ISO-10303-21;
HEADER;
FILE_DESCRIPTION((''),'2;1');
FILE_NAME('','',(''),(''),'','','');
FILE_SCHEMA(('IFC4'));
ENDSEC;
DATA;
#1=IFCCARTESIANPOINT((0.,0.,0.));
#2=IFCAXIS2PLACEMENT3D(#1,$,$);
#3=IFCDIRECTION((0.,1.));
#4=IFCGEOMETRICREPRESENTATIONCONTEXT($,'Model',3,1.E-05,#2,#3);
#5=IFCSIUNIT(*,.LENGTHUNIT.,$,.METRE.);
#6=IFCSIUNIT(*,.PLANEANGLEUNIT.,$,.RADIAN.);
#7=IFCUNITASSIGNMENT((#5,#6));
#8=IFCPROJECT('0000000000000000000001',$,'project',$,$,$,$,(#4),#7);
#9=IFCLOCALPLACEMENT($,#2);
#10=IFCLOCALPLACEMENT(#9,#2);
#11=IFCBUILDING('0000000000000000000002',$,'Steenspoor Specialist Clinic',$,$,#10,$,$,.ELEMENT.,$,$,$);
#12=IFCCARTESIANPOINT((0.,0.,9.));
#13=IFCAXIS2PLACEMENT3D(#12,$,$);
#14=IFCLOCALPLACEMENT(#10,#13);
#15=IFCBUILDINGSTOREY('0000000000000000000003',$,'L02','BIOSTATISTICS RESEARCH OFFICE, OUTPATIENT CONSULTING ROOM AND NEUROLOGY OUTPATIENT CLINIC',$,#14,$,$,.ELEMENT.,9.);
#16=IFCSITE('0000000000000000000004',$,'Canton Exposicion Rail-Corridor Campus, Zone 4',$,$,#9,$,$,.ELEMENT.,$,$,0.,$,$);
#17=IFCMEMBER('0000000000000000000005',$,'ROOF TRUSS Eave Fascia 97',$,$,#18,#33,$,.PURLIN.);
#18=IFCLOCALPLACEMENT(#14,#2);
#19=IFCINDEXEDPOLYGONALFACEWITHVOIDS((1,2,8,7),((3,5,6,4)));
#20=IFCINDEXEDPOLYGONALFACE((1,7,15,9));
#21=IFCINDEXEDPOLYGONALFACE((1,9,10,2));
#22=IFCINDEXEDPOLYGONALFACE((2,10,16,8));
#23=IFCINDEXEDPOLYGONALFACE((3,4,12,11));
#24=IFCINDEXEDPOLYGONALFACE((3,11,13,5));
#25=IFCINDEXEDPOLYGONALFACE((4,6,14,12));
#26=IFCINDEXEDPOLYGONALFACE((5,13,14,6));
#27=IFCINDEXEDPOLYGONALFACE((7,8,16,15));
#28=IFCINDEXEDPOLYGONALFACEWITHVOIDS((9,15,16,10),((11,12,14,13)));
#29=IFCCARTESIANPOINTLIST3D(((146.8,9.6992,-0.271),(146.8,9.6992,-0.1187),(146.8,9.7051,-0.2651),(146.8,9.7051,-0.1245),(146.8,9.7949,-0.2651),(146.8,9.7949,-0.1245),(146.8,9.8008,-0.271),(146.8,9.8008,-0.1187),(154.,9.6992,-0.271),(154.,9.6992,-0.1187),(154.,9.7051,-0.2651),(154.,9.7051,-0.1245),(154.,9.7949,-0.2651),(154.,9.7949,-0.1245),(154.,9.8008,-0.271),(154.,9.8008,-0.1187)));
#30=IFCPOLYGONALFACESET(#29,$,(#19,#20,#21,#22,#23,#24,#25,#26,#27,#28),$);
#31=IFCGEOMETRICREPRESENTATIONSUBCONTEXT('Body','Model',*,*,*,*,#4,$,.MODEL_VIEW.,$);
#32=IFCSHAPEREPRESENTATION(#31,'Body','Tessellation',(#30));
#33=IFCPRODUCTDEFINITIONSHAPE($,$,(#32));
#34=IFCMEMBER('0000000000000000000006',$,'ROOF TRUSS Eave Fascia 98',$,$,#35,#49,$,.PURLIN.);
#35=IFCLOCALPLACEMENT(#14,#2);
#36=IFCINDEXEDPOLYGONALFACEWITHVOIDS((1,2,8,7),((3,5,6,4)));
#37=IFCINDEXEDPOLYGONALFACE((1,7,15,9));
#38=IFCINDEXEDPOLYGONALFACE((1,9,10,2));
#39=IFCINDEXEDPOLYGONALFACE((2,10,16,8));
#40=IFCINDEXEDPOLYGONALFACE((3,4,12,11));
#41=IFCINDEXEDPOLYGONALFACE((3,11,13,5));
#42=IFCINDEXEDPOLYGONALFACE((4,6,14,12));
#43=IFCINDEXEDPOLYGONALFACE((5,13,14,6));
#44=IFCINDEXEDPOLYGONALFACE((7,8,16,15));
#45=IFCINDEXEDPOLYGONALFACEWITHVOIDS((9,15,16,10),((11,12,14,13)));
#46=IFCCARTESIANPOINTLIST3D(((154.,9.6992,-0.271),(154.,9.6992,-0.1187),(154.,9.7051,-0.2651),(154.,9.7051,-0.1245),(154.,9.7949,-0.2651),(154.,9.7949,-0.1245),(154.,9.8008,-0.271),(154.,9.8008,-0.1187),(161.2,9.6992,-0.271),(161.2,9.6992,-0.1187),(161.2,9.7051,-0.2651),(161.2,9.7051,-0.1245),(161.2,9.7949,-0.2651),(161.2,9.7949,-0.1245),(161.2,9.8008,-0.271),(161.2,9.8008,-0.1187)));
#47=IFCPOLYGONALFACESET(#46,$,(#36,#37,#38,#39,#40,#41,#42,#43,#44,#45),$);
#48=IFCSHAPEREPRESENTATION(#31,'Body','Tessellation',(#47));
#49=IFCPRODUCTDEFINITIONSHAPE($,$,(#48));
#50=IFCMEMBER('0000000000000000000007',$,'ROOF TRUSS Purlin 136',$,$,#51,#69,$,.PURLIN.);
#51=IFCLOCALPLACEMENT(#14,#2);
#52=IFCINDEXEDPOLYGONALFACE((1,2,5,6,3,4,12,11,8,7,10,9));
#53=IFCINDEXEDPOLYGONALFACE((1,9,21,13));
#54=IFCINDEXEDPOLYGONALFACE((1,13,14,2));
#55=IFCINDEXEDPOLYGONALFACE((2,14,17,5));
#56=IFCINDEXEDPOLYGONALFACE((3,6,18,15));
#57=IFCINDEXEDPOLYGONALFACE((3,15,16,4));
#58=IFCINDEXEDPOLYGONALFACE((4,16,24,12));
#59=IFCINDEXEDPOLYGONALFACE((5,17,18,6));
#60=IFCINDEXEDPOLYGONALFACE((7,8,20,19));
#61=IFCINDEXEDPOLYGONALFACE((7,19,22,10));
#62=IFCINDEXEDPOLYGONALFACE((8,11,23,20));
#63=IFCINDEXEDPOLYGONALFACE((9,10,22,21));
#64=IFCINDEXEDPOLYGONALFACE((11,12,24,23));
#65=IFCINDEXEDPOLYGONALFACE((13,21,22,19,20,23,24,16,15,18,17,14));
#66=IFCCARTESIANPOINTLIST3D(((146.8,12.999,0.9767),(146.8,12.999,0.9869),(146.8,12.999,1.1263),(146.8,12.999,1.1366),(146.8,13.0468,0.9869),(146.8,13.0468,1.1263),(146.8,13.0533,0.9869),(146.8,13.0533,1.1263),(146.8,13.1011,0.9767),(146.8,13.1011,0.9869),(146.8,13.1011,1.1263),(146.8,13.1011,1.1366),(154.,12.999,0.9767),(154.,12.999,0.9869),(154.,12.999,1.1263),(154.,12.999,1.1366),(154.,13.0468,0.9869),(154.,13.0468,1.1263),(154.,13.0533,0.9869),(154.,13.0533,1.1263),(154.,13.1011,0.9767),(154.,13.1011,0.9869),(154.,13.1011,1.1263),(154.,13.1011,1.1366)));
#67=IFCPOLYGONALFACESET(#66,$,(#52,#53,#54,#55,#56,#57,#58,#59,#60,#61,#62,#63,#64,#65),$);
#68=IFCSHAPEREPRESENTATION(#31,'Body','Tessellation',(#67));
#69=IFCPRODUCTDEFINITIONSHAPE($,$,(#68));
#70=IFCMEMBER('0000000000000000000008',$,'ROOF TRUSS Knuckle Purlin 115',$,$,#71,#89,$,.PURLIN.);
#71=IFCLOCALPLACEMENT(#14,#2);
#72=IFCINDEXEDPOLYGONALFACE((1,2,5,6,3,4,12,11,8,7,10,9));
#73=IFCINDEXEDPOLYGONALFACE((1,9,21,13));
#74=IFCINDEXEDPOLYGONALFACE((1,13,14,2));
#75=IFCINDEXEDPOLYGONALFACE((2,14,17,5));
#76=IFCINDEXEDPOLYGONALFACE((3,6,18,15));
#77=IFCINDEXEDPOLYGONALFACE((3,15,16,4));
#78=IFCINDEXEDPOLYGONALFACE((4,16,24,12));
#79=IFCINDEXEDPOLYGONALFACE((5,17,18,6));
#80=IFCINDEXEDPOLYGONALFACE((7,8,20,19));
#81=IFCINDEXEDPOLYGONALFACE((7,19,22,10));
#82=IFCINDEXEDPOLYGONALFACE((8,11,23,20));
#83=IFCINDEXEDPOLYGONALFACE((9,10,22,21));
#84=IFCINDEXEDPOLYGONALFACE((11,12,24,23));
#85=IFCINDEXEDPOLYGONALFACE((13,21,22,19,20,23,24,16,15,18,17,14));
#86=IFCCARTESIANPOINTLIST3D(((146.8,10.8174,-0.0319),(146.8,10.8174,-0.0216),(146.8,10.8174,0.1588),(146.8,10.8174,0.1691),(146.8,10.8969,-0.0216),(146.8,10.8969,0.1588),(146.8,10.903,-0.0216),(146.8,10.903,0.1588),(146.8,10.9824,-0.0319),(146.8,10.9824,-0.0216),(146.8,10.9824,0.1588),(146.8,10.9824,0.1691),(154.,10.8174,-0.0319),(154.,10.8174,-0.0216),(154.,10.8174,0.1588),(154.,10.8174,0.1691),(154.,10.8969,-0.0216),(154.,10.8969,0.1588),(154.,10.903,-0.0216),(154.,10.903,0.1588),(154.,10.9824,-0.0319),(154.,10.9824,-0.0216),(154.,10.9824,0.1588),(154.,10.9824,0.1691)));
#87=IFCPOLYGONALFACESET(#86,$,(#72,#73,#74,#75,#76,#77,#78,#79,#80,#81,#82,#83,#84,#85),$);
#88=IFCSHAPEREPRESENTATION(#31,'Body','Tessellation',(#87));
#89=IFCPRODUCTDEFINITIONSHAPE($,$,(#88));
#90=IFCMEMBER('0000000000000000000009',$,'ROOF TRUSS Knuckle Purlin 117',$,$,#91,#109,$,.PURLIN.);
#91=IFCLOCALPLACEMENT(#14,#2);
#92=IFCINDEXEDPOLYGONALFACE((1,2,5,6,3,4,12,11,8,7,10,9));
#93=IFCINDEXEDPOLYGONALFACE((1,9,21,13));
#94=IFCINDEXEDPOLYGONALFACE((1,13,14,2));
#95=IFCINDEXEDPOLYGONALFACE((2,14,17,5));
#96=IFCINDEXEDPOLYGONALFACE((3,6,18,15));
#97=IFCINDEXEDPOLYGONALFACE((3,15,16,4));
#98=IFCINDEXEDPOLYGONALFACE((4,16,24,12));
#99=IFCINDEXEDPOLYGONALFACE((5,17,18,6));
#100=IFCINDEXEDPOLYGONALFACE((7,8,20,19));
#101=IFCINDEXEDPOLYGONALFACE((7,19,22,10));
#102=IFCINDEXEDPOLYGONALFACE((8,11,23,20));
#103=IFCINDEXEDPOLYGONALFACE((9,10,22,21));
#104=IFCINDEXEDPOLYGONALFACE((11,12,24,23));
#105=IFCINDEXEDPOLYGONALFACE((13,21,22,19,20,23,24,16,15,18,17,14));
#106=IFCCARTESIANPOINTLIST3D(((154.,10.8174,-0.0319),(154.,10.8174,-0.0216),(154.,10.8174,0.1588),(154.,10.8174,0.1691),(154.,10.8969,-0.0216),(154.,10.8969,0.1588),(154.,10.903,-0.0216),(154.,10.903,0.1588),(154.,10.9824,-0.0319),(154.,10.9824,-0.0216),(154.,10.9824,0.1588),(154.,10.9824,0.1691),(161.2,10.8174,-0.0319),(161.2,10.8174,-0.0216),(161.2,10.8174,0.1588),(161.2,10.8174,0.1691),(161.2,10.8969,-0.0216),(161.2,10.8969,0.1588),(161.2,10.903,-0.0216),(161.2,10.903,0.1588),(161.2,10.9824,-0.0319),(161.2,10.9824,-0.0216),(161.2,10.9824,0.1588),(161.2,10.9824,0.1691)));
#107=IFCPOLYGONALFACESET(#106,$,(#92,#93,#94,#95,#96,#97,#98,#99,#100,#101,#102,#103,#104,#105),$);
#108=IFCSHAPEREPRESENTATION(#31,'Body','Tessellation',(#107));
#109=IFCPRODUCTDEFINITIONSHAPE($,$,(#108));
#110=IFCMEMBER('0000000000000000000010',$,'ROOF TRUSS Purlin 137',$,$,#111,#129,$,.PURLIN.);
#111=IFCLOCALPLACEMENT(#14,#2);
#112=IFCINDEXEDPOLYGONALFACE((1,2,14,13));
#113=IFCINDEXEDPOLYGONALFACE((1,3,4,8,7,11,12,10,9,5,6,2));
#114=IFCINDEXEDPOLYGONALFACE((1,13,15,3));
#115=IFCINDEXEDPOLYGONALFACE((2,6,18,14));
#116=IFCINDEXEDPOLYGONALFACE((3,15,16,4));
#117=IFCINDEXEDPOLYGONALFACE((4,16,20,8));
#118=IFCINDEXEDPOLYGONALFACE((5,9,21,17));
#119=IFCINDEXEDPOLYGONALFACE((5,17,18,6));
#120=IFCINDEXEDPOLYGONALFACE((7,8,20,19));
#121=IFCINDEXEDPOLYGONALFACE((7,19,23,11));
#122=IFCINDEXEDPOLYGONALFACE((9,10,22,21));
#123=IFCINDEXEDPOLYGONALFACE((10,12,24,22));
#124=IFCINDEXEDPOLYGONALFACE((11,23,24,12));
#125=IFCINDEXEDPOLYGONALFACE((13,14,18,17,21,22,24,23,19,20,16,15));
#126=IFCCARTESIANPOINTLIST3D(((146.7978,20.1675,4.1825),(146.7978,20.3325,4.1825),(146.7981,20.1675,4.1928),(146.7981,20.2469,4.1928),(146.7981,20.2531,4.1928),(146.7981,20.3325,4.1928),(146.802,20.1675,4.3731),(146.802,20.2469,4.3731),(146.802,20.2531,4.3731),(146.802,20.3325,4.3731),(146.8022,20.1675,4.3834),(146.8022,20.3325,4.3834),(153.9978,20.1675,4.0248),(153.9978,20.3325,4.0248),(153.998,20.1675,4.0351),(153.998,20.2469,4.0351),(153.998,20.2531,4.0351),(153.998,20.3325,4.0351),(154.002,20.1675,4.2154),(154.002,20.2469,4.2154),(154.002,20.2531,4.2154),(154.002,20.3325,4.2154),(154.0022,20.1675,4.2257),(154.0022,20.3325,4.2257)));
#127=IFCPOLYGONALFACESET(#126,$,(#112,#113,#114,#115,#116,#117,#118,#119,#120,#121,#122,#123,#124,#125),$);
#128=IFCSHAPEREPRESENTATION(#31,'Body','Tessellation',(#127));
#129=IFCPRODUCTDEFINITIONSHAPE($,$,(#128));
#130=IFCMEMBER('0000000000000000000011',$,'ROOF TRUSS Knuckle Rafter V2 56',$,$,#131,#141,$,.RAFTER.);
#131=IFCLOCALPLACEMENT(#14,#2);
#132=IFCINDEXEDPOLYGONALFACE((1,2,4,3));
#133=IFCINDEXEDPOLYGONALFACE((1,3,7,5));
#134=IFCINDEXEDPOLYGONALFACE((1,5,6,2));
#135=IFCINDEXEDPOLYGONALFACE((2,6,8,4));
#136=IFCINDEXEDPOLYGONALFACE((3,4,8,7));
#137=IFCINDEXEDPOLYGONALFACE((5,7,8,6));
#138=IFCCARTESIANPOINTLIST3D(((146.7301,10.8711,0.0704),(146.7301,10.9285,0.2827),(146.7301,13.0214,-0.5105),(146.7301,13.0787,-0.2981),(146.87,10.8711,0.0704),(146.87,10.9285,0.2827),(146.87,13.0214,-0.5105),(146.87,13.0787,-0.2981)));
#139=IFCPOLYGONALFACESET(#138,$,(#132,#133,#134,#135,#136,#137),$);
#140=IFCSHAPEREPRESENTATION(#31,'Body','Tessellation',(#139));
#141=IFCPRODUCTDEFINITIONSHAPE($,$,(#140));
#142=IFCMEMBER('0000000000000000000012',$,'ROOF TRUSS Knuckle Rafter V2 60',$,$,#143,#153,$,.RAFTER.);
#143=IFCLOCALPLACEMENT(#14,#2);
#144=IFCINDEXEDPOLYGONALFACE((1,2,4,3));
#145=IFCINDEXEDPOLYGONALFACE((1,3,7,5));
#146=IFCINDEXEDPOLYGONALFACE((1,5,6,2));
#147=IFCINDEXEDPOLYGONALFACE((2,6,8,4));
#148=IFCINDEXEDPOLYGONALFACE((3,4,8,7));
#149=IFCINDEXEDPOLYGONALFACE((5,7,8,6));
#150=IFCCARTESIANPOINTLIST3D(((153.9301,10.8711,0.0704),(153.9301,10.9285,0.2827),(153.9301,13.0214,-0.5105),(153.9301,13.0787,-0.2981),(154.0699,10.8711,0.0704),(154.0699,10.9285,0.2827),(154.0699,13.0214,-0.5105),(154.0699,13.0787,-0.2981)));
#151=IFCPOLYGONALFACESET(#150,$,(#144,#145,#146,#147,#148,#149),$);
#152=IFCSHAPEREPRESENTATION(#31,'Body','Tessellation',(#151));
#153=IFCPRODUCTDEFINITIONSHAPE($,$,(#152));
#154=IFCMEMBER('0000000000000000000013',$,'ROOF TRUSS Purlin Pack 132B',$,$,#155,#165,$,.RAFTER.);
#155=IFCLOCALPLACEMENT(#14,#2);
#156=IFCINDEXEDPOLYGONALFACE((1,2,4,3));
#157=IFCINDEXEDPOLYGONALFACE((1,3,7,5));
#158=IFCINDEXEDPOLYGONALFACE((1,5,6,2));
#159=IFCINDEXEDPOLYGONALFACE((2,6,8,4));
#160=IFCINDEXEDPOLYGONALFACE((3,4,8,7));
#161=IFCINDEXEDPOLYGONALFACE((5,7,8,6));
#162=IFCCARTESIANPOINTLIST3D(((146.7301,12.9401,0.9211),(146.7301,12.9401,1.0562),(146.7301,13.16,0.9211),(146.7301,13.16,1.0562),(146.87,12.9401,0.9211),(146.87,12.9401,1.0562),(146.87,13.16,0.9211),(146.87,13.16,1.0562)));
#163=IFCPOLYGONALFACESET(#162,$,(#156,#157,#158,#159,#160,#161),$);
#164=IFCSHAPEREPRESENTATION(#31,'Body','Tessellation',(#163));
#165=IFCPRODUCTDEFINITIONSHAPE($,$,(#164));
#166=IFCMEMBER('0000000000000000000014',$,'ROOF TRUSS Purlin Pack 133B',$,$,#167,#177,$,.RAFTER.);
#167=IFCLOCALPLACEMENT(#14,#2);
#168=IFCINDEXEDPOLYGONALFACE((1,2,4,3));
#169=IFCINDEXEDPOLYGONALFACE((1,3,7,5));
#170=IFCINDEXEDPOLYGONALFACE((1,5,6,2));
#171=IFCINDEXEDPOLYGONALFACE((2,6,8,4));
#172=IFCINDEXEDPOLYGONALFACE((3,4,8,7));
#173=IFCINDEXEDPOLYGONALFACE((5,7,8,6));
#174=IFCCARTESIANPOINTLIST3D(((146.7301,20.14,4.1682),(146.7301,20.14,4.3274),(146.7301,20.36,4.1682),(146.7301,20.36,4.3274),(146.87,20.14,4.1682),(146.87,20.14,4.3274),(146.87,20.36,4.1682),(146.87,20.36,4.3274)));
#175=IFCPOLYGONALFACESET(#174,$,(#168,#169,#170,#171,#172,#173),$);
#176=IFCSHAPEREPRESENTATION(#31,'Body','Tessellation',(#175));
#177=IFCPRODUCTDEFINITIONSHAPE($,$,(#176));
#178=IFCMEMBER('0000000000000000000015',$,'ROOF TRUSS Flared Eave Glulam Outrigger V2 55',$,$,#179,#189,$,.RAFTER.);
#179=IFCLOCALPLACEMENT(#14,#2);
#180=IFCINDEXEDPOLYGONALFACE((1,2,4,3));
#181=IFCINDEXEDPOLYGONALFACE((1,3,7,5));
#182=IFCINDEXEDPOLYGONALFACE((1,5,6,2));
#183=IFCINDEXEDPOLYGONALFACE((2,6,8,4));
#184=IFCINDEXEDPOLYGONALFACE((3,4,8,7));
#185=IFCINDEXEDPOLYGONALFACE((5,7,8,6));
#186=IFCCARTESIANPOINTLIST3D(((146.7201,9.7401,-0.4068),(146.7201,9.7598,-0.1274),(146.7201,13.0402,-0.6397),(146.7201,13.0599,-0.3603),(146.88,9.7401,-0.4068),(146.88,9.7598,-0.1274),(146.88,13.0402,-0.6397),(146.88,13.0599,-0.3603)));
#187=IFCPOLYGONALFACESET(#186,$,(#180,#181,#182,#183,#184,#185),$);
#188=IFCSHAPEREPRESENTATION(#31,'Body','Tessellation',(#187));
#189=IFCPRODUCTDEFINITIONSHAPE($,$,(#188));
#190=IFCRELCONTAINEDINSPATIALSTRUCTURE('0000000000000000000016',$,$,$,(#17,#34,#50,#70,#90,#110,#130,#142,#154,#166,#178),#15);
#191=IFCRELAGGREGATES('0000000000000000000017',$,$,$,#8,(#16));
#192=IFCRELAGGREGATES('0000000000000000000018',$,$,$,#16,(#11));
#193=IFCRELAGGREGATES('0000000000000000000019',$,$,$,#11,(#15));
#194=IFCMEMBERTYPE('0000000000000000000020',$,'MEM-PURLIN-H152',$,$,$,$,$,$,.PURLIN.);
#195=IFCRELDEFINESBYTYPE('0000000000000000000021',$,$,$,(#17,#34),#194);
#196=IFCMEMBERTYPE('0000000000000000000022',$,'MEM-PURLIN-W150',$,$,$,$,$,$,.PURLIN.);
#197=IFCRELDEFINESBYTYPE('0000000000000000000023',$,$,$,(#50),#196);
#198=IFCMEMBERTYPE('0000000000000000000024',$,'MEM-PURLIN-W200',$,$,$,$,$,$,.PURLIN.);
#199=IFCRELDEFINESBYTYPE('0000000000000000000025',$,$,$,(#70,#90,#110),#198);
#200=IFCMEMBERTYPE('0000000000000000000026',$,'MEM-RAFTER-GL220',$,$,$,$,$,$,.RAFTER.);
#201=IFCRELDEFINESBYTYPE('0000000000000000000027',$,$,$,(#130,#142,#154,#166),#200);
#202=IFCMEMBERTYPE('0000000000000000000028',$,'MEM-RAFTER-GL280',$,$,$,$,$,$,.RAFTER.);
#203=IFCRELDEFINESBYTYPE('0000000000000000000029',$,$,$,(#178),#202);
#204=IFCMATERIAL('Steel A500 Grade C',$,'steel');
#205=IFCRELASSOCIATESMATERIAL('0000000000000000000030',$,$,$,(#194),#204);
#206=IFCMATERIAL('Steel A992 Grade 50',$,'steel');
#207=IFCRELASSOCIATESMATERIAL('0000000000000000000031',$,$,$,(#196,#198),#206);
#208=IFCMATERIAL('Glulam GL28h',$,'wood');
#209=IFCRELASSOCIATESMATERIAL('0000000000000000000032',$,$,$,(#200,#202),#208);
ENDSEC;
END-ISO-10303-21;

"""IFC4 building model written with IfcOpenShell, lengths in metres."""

from ifc_helpers import new_model, si_unit, direction, frame, origin, origin_2d, place, context, subcontext, project, spatial, rectangle, hollow_rectangle, i_section, extrude, material, material_profile, profile_set, type_object, element, save


model = new_model("IFC4")

# Units and contexts
model_context = context("Model", 3, precision=1e-05, world=origin(), true_north=direction((0.0, 1.0)))
body_context = subcontext(model_context, "Body", "Model", "MODEL_VIEW")
ifc_project = project(units=[si_unit("LENGTHUNIT", "METRE"), si_unit("PLANEANGLEUNIT", "RADIAN")], contexts=[model_context])

# Site, building, storey
site_placement = place(None, origin())
site = spatial("IfcSite", under=ifc_project, at=site_placement, Name="Canton Exposicion Rail-Corridor Campus, Zone 4", CompositionType="ELEMENT", RefElevation=0.0)
building_placement = place(site_placement, origin())
building = spatial("IfcBuilding", under=site, at=building_placement, Name="Steenspoor Specialist Clinic", CompositionType="ELEMENT")
storey_placement = place(building_placement, frame((0.0, 0.0, 9.0)))
storey = spatial("IfcBuildingStorey", under=building, at=storey_placement, Name="L02", Description="BIOSTATISTICS RESEARCH OFFICE, OUTPATIENT CONSULTING ROOM AND NEUROLOGY OUTPATIENT CLINIC", CompositionType="ELEMENT", Elevation=9.0)

# Shared definitions
ifc_material_1 = material(Name="Steel A992 Grade 50", Category="steel")

# Members
ifc_material_2 = material(Name="Steel A500 Grade C", Category="steel")
ifc_material_profile_1 = material_profile(ifc_material_2, hollow_rectangle(XDim=0.1016, YDim=0.1523, WallThickness=0.0059, at=origin_2d()), Name="HSS152X102X6.4")
ifc_profile_set_1 = profile_set([ifc_material_profile_1], Name="Steel A500 Grade C")
member_type_1 = type_object("IfcMemberType", Name="MEM-PURLIN-H152", PredefinedType="PURLIN", material=ifc_profile_set_1)
for number, where, z_axis, x_axis, name in (
    (1, (146.8, 9.75, -0.1948), (1.0, 0.0, 0.0), (0.0, 1.0, 0.0), "ROOF TRUSS Eave Fascia 97"),
    (2, (154.0, 9.75, -0.1948), (1.0, 0.0, 0.0), (0.0, 1.0, 0.0), "ROOF TRUSS Eave Fascia 98"),
):
    element("IfcMember", number, at=place(storey_placement, frame(where, z_axis=z_axis, x_axis=x_axis)), inside=storey, type_object=member_type_1, Name=name, PredefinedType="PURLIN", context=body_context, shape_type="SweptSolid", body=[
        extrude(hollow_rectangle(XDim=0.1016, YDim=0.1523, WallThickness=0.0059, at=origin_2d()), origin(), (0.0, 0.0, 1.0), 7.2),
    ])
ifc_material_profile_2 = material_profile(ifc_material_1, i_section(OverallWidth=0.1021, OverallDepth=0.1599, WebThickness=0.0066, FlangeThickness=0.0103, at=origin_2d()), Name="W150X24")
ifc_profile_set_2 = profile_set([ifc_material_profile_2], Name="Steel A992 Grade 50")
member_type_2 = type_object("IfcMemberType", Name="MEM-PURLIN-W150", PredefinedType="PURLIN", material=ifc_profile_set_2)
member_1_placement = place(storey_placement, frame((146.8, 13.05, 1.0566), z_axis=(1.0, 0.0, 0.0), x_axis=(0.0, 1.0, 0.0)))
element("IfcMember", 3, at=member_1_placement, inside=storey, type_object=member_type_2, Name="ROOF TRUSS Purlin 136", PredefinedType="PURLIN", context=body_context, shape_type="SweptSolid", body=[
    extrude(i_section(OverallWidth=0.1021, OverallDepth=0.1599, WebThickness=0.0066, FlangeThickness=0.0103, at=origin_2d()), origin(), (0.0, 0.0, 1.0), 7.2),
])
ifc_material_profile_3 = material_profile(ifc_material_1, i_section(OverallWidth=0.165, OverallDepth=0.2009, WebThickness=0.0061, FlangeThickness=0.0103, at=origin_2d()), Name="W200X36")
ifc_profile_set_3 = profile_set([ifc_material_profile_3], Name="Steel A992 Grade 50")
member_type_3 = type_object("IfcMemberType", Name="MEM-PURLIN-W200", PredefinedType="PURLIN", material=ifc_profile_set_3)
for number, where, z_axis, x_axis, name in (
    (4, (146.8, 10.8999, 0.0686), (1.0, 0.0, 0.0), (0.0, 1.0, 0.0), "ROOF TRUSS Knuckle Purlin 115"),
    (5, (154.0, 10.8999, 0.0686), (1.0, 0.0, 0.0), (0.0, 1.0, 0.0), "ROOF TRUSS Knuckle Purlin 117"),
):
    element("IfcMember", number, at=place(storey_placement, frame(where, z_axis=z_axis, x_axis=x_axis)), inside=storey, type_object=member_type_3, Name=name, PredefinedType="PURLIN", context=body_context, shape_type="SweptSolid", body=[
        extrude(i_section(OverallWidth=0.165, OverallDepth=0.2009, WebThickness=0.0061, FlangeThickness=0.0103, at=origin_2d()), origin(), (0.0, 0.0, 1.0), 7.2),
    ])
member_2_placement = place(storey_placement, frame((146.8, 20.25, 4.283), z_axis=(0.99976, 0.0, -0.0219), x_axis=(0.0, 1.0, 0.0)))
element("IfcMember", 6, at=member_2_placement, inside=storey, type_object=member_type_3, Name="ROOF TRUSS Purlin 137", PredefinedType="PURLIN", context=body_context, shape_type="SweptSolid", body=[
    extrude(i_section(OverallWidth=0.165, OverallDepth=0.2009, WebThickness=0.0061, FlangeThickness=0.0103, at=origin_2d()), origin(), (0.0, 0.0, 1.0), 7.2017),
])
ifc_material_3 = material(Name="Glulam GL28h", Category="wood")
ifc_material_profile_4 = material_profile(ifc_material_3, rectangle(XDim=0.1399, YDim=0.22, at=origin_2d()), Name="GL28H-140X220")
ifc_profile_set_4 = profile_set([ifc_material_profile_4], Name="Glulam GL28h")
member_type_4 = type_object("IfcMemberType", Name="MEM-RAFTER-GL220", PredefinedType="RAFTER", material=ifc_profile_set_4)
for number, where, z_axis, x_axis, name in (
    (7, (146.8, 13.05, -0.4043), (0.0, -0.965398, 0.260779), (1.0, 0.0, 0.0), "ROOF TRUSS Knuckle Rafter V2 56"),
    (8, (154.0, 13.05, -0.4043), (0.0, -0.965398, 0.260779), (1.0, 0.0, 0.0), "ROOF TRUSS Knuckle Rafter V2 60"),
):
    element("IfcMember", number, at=place(storey_placement, frame(where, z_axis=z_axis, x_axis=x_axis)), inside=storey, type_object=member_type_4, Name=name, PredefinedType="RAFTER", context=body_context, shape_type="SweptSolid", body=[
        extrude(rectangle(XDim=0.1399, YDim=0.22, at=origin_2d()), origin(), (0.0, 0.0, 1.0), 2.2273),
    ])
member_3_placement = place(storey_placement, frame((146.8, 13.05, 0.9211), z_axis=(0.0, 0.0, 1.0), x_axis=(1.0, 0.0, 0.0)))
element("IfcMember", 9, at=member_3_placement, inside=storey, type_object=member_type_4, Name="ROOF TRUSS Purlin Pack 132B", PredefinedType="RAFTER", context=body_context, shape_type="SweptSolid", body=[
    extrude(rectangle(XDim=0.1399, YDim=0.22, at=origin_2d()), origin(), (0.0, 0.0, 1.0), 0.135),
])
member_4_placement = place(storey_placement, frame((146.8, 20.25, 4.1682), z_axis=(0.0, 0.0, 1.0), x_axis=(1.0, 0.0, 0.0)))
element("IfcMember", 10, at=member_4_placement, inside=storey, type_object=member_type_4, Name="ROOF TRUSS Purlin Pack 133B", PredefinedType="RAFTER", context=body_context, shape_type="SweptSolid", body=[
    extrude(rectangle(XDim=0.1399, YDim=0.22, at=origin_2d()), origin(), (0.0, 0.0, 1.0), 0.1592),
])
ifc_material_profile_5 = material_profile(ifc_material_3, rectangle(XDim=0.1599, YDim=0.28, at=origin_2d()), Name="GL28H-160X280")
ifc_profile_set_5 = profile_set([ifc_material_profile_5], Name="Glulam GL28h")
member_type_5 = type_object("IfcMemberType", Name="MEM-RAFTER-GL280", PredefinedType="RAFTER", material=ifc_profile_set_5)
for number, where, z_axis, x_axis, name in (
    (11, (146.8, 13.05, -0.5), (0.0, -0.997519, 0.070403), (1.0, 0.0, 0.0), "ROOF TRUSS Flared Eave Glulam Outrigger V2 55"),
):
    element("IfcMember", number, at=place(storey_placement, frame(where, z_axis=z_axis, x_axis=x_axis)), inside=storey, type_object=member_type_5, Name=name, PredefinedType="RAFTER", context=body_context, shape_type="SweptSolid", body=[
        extrude(rectangle(XDim=0.1599, YDim=0.28, at=origin_2d()), origin(), (0.0, 0.0, 1.0), 3.3083),
    ])

save(model, "model.ifc")
